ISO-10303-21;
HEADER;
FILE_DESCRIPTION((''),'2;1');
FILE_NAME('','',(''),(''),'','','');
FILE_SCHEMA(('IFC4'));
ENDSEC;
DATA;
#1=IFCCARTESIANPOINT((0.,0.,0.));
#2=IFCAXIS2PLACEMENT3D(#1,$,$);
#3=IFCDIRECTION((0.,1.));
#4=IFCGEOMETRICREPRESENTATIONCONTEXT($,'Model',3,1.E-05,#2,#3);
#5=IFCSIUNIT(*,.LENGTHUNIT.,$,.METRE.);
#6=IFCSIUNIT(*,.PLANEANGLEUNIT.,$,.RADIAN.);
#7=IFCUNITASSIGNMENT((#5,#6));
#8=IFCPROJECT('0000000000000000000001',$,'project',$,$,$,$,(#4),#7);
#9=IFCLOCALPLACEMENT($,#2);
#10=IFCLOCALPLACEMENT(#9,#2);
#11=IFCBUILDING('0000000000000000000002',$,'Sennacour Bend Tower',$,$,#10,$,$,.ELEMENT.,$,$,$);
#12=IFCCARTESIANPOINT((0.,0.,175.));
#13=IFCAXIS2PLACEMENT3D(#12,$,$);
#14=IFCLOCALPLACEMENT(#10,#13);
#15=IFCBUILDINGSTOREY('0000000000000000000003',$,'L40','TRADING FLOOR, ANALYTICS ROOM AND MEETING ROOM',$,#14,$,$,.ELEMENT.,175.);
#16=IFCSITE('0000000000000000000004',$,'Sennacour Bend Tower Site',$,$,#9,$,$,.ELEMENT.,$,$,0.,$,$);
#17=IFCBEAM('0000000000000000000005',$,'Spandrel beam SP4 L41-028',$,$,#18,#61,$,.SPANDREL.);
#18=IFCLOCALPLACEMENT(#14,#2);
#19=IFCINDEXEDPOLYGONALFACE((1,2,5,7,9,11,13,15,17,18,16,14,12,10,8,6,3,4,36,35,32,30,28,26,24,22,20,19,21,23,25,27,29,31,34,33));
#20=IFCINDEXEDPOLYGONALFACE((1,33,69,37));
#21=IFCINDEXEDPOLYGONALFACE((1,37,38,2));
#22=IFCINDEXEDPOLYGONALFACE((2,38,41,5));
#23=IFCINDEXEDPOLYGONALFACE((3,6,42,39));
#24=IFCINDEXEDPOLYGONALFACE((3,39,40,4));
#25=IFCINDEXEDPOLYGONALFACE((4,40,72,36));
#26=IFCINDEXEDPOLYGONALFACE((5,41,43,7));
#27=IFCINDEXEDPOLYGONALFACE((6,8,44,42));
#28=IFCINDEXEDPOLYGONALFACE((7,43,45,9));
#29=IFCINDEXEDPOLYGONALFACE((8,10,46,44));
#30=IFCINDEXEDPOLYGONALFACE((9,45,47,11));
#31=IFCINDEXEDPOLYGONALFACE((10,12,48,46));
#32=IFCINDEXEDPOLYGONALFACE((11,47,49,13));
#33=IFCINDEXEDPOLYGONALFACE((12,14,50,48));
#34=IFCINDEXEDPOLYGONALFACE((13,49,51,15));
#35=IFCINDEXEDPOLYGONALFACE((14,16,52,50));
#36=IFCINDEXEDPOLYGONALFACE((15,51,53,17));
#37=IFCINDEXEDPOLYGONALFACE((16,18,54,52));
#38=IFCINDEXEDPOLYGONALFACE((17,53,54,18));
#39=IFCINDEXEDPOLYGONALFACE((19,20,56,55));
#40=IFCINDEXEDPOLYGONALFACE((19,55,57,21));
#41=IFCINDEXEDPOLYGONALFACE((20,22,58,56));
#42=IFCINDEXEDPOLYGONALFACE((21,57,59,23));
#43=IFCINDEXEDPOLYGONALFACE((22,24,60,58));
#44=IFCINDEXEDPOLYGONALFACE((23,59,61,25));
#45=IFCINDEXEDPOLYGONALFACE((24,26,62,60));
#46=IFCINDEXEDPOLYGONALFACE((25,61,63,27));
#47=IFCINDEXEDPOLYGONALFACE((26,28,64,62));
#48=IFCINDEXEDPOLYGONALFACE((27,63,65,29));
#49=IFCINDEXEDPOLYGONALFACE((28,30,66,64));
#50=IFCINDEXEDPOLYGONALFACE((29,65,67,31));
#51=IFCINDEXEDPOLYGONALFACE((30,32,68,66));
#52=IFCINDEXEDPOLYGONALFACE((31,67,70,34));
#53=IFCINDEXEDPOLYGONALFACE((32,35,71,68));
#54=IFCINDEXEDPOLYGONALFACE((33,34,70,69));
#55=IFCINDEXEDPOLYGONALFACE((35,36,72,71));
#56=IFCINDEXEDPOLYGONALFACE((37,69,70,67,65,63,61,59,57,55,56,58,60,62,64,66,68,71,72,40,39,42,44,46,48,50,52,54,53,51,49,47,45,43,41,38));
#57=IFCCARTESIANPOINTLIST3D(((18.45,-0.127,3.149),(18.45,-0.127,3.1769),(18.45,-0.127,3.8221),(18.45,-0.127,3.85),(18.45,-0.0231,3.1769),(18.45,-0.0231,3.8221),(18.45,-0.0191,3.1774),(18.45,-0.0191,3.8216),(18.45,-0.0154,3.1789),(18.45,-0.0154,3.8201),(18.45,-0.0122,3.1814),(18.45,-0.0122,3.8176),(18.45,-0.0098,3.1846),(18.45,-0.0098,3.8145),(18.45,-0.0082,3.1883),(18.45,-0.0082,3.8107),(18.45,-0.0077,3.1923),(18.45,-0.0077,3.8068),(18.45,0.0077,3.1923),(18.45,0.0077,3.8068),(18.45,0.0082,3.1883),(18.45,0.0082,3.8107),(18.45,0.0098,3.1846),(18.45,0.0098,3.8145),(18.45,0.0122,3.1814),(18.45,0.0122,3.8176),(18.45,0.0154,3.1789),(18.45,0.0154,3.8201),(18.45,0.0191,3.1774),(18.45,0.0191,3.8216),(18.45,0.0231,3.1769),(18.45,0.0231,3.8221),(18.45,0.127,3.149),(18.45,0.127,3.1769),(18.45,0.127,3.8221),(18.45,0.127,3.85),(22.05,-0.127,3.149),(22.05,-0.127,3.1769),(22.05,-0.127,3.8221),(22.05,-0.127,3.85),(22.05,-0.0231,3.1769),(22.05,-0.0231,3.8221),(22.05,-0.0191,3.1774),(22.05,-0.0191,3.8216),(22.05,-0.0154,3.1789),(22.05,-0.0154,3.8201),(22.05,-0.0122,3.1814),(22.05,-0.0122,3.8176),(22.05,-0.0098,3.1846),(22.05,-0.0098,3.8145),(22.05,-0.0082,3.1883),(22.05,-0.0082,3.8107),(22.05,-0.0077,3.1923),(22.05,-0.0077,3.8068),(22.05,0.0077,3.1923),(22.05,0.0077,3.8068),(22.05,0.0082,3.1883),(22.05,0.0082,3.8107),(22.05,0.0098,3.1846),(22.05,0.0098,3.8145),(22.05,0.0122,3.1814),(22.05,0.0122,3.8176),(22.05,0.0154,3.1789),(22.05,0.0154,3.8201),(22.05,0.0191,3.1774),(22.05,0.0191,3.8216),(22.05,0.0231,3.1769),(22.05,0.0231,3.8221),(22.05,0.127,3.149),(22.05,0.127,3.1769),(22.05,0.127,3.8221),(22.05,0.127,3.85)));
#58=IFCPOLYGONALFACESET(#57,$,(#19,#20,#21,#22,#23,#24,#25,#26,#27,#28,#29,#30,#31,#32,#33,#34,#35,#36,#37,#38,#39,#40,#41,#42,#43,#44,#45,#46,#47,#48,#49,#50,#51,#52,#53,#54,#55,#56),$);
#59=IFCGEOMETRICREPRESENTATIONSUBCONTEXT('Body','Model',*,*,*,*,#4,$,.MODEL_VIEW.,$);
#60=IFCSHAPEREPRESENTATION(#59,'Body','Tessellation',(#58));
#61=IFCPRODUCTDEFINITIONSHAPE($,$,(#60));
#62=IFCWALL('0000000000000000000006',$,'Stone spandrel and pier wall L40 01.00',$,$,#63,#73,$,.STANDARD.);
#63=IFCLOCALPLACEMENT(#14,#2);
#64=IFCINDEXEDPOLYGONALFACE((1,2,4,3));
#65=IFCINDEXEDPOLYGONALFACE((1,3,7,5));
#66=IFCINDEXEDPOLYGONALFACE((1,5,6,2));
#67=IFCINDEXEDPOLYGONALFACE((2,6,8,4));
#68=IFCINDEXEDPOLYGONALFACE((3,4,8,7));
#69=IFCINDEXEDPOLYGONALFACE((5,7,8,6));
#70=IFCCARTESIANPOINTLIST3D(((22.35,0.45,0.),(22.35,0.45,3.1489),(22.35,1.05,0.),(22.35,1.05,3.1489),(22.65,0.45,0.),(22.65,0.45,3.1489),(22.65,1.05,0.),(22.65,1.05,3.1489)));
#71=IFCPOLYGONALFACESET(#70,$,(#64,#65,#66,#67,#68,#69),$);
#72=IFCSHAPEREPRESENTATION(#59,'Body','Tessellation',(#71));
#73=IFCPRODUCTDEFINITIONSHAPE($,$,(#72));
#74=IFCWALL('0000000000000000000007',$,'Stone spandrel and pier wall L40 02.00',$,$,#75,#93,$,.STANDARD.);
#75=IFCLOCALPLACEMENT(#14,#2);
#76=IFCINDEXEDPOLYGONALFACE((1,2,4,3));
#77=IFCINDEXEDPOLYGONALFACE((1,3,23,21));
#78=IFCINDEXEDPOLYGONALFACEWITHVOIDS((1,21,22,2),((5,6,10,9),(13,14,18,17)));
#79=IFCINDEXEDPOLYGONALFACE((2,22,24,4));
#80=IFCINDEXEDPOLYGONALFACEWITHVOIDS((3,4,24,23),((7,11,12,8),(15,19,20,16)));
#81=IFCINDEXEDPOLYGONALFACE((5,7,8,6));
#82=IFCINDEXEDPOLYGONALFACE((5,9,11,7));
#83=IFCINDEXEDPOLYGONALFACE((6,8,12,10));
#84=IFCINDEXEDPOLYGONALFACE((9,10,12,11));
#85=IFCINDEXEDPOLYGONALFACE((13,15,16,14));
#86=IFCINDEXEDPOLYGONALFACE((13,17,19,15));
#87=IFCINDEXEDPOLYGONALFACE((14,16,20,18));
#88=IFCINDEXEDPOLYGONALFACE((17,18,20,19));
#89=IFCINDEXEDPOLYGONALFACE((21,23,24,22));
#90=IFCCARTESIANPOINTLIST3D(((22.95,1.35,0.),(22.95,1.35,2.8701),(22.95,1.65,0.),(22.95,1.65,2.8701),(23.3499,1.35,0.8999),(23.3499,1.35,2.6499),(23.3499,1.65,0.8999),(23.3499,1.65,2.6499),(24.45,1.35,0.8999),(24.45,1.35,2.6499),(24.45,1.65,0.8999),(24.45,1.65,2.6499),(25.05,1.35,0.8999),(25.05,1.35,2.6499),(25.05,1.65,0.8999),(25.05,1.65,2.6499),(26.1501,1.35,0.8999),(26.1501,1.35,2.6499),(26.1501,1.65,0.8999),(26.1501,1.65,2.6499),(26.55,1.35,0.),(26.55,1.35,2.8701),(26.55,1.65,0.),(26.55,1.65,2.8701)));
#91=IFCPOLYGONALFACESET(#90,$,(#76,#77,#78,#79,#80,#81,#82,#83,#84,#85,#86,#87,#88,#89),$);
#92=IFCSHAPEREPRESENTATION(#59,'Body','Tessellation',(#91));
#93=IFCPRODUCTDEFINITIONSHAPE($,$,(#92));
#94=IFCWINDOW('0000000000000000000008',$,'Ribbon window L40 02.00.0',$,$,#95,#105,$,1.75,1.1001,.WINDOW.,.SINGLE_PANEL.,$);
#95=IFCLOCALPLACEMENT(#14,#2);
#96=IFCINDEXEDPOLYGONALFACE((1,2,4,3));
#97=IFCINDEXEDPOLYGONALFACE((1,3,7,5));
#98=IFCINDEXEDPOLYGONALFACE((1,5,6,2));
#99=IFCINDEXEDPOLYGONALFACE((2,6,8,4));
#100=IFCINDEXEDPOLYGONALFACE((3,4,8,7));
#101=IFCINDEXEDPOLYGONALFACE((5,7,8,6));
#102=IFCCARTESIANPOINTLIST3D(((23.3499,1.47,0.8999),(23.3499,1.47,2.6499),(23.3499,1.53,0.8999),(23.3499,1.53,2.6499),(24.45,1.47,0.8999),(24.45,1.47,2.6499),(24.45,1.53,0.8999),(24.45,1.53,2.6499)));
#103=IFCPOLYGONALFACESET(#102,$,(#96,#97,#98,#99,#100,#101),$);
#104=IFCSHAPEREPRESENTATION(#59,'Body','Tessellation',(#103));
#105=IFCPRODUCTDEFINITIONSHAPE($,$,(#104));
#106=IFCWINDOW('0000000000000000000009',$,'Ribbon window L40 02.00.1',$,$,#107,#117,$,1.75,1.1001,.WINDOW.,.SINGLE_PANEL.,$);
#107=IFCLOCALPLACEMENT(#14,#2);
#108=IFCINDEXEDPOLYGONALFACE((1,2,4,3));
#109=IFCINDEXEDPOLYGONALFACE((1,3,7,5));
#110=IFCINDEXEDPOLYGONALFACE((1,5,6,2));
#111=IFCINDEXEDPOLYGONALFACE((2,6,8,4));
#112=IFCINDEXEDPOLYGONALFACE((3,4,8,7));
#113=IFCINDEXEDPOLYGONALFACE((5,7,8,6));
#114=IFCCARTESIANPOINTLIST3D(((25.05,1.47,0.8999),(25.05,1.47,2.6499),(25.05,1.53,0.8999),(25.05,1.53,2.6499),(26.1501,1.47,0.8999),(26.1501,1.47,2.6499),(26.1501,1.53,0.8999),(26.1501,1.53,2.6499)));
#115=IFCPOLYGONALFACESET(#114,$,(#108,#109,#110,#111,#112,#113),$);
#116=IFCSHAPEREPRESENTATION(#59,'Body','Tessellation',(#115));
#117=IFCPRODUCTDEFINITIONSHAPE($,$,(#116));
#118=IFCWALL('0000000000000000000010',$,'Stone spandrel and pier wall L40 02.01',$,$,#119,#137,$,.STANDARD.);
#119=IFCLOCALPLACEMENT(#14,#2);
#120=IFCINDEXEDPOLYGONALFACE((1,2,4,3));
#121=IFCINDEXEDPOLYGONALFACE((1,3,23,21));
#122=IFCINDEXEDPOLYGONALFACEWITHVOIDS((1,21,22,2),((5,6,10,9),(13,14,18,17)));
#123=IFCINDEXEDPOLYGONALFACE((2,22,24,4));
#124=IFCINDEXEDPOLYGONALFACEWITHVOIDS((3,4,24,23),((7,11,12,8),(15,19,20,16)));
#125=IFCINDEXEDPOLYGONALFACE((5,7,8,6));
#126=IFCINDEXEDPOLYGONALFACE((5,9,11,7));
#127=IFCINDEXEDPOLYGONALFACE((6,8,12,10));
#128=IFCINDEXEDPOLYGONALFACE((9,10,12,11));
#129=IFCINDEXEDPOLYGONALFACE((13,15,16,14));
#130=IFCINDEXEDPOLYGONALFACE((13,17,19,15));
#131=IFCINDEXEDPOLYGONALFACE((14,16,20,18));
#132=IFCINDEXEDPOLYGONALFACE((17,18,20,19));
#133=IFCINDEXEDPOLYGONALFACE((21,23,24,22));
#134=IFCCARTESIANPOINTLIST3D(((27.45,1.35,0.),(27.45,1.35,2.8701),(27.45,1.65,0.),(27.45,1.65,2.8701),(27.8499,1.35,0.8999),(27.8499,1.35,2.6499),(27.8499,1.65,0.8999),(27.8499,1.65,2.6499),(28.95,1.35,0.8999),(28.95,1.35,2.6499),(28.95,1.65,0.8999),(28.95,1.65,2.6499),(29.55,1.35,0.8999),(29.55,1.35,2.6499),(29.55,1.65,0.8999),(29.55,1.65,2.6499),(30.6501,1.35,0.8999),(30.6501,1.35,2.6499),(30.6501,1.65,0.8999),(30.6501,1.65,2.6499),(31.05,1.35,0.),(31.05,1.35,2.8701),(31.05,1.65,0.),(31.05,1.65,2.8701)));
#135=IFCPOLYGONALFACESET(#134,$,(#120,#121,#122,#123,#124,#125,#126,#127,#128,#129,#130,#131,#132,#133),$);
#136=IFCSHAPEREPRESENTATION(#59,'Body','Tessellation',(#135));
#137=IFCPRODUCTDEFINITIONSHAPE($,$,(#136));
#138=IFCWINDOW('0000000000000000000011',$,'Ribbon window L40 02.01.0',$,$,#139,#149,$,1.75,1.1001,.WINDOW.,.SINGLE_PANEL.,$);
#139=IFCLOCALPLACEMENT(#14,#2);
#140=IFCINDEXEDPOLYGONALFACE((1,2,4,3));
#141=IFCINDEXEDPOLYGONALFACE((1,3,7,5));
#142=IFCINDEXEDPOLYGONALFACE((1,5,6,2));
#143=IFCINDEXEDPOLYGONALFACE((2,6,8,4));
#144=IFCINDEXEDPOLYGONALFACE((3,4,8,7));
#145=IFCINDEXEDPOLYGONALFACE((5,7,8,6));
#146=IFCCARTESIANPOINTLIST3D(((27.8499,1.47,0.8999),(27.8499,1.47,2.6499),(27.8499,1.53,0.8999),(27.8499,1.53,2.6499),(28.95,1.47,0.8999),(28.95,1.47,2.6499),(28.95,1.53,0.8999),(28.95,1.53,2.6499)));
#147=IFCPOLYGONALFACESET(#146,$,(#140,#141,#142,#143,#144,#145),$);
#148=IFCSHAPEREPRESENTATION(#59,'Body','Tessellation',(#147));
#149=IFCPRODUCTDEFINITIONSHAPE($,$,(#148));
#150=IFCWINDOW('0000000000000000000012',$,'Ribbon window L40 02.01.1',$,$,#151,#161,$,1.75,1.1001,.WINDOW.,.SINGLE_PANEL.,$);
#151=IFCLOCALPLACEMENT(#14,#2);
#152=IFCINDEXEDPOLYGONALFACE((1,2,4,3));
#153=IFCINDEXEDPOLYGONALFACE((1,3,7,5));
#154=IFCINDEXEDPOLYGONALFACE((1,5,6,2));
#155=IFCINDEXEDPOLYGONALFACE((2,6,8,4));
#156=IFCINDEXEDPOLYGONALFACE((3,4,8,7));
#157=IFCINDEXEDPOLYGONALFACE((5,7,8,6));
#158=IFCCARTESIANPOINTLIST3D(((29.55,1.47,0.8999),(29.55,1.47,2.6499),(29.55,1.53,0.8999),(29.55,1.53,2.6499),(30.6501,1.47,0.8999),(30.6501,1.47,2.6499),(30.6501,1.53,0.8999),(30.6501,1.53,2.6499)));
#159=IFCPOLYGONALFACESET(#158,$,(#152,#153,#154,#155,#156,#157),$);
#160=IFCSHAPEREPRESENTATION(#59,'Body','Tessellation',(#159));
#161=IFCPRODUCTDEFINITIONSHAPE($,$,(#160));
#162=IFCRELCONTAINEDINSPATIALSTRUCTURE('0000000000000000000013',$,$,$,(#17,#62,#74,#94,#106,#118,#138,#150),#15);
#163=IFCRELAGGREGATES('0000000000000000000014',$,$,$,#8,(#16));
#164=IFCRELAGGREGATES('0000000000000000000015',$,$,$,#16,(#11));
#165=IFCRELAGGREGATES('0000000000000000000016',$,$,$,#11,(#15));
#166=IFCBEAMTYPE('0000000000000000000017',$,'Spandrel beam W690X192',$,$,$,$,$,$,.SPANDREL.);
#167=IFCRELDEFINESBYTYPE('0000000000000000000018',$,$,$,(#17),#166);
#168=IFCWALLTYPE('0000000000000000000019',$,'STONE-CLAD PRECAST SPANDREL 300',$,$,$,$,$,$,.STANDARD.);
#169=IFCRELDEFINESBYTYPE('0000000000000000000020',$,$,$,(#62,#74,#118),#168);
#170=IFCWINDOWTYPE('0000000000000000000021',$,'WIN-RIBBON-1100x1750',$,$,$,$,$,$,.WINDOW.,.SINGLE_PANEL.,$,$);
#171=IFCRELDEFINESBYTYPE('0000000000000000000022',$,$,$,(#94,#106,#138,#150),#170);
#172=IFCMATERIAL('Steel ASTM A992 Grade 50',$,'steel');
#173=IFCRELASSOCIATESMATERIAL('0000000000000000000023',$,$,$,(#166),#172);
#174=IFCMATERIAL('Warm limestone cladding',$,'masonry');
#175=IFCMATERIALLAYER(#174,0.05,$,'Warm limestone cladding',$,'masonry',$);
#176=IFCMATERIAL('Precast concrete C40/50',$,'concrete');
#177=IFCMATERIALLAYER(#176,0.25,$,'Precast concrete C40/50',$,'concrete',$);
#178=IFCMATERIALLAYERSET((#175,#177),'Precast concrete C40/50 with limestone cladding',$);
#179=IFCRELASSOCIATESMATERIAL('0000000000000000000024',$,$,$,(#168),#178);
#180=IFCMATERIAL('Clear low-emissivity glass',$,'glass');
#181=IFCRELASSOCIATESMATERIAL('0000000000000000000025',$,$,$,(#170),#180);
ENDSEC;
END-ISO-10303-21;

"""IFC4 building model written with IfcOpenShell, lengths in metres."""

from ifc_helpers import new_model, si_unit, direction, frame, frame_2d, origin, origin_2d, place, context, subcontext, project, spatial, rectangle, i_section, extrude, material, layer, layer_set, material_profile, profile_set, type_object, element, fill, save


model = new_model("IFC4")

# Units and contexts
model_context = context("Model", 3, precision=1e-05, world=origin(), true_north=direction((0.0, 1.0)))
body_context = subcontext(model_context, "Body", "Model", "MODEL_VIEW")
ifc_project = project(units=[si_unit("LENGTHUNIT", "METRE"), si_unit("PLANEANGLEUNIT", "RADIAN")], contexts=[model_context])

# Site, building, storey
site_placement = place(None, origin())
site = spatial("IfcSite", under=ifc_project, at=site_placement, Name="Sennacour Bend Tower Site", CompositionType="ELEMENT", RefElevation=0.0)
building_placement = place(site_placement, origin())
building = spatial("IfcBuilding", under=site, at=building_placement, Name="Sennacour Bend Tower", CompositionType="ELEMENT")
storey_placement = place(building_placement, frame((0.0, 0.0, 175.0)))
storey = spatial("IfcBuildingStorey", under=building, at=storey_placement, Name="L40", Description="TRADING FLOOR, ANALYTICS ROOM AND MEETING ROOM", CompositionType="ELEMENT", Elevation=175.0)

# Beam
ifc_material_1 = material(Name="Steel ASTM A992 Grade 50", Category="steel")
ifc_material_profile_1 = material_profile(ifc_material_1, i_section(OverallWidth=0.2539, OverallDepth=0.7009, WebThickness=0.0154, FlangeThickness=0.0278, FilletRadius=0.0154, at=origin_2d()), Name="Steel ASTM A992 Grade 50", Category="steel")
ifc_profile_set_1 = profile_set([ifc_material_profile_1], Name="Steel ASTM A992 Grade 50")
beam_type_1 = type_object("IfcBeamType", Name="Spandrel beam W690X192", PredefinedType="SPANDREL", material=ifc_profile_set_1)
for number, where, z_axis, x_axis, name in (
    (1, (22.05, 0.0, 3.4995), (-1.0, 0.0, 0.0), (0.0, -1.0, 0.0), "Spandrel beam SP4 L41-028"),
):
    element("IfcBeam", number, at=place(storey_placement, frame(where, z_axis=z_axis, x_axis=x_axis)), inside=storey, type_object=beam_type_1, Name=name, PredefinedType="SPANDREL", context=body_context, shape_type="SweptSolid", body=[
        extrude(i_section(OverallWidth=0.2539, OverallDepth=0.7009, WebThickness=0.0154, FlangeThickness=0.0278, FilletRadius=0.0154, at=origin_2d()), origin(), (0.0, 0.0, 1.0), 3.6001),
    ])

# Wall
ifc_material_2 = material(Name="Warm limestone cladding", Category="masonry")
ifc_layer_1 = layer(ifc_material_2, 0.05, Name="Warm limestone cladding", Category="masonry")
ifc_material_3 = material(Name="Precast concrete C40/50", Category="concrete")
ifc_layer_2 = layer(ifc_material_3, 0.25, Name="Precast concrete C40/50", Category="concrete")
ifc_layer_set = layer_set([ifc_layer_1, ifc_layer_2], Name="Precast concrete C40/50 with limestone cladding")
wall_type = type_object("IfcWallType", Name="STONE-CLAD PRECAST SPANDREL 300", PredefinedType="STANDARD", material=ifc_layer_set)
wall_1_placement = place(storey_placement, frame((22.5, 0.45, 0.0), z_axis=(0.0, 0.0, 1.0), x_axis=(0.0, 1.0, 0.0)))
element("IfcWall", 2, at=wall_1_placement, inside=storey, type_object=wall_type, Name="Stone spandrel and pier wall L40 01.00", PredefinedType="STANDARD", context=body_context, shape_type="SweptSolid", body=[
    extrude(rectangle(XDim=0.6001, YDim=0.3, at=frame_2d((0.3, 0.0))), origin(), (0.0, 0.0, 1.0), 3.1489),
])

# Walls, openings, windows
wall_2_placement = place(storey_placement, frame((22.95, 1.5, 0.0), z_axis=(0.0, 0.0, 1.0), x_axis=(1.0, 0.0, 0.0)))
wall_2 = element("IfcWall", 3, at=wall_2_placement, inside=storey, type_object=wall_type, Name="Stone spandrel and pier wall L40 02.00", PredefinedType="STANDARD", context=body_context, shape_type="SweptSolid", body=[
    extrude(rectangle(XDim=3.6001, YDim=0.3, at=frame_2d((1.8, 0.0))), origin(), (0.0, 0.0, 1.0), 2.8701),
])
opening_1_placement = place(wall_2_placement, frame((0.3999, 0.0, 0.8999)))
opening_1 = element("IfcOpeningElement", 4, at=opening_1_placement, cuts=wall_2, PredefinedType="OPENING", context=body_context, shape_type="SweptSolid", body=[
    extrude(rectangle(XDim=1.1001, YDim=1.75, at=frame_2d((0.55, 0.875))), frame((0.0, 0.1602, 0.0), z_axis=(0.0, -1.0, 0.0), x_axis=(1.0, 0.0, 0.0)), (0.0, 0.0, 1.0), 0.3201),
])
opening_2_placement = place(wall_2_placement, frame((2.1001, 0.0, 0.8999)))
opening_2 = element("IfcOpeningElement", 5, at=opening_2_placement, cuts=wall_2, PredefinedType="OPENING", context=body_context, shape_type="SweptSolid", body=[
    extrude(rectangle(XDim=1.1001, YDim=1.75, at=frame_2d((0.55, 0.875))), frame((0.0, 0.1602, 0.0), z_axis=(0.0, -1.0, 0.0), x_axis=(1.0, 0.0, 0.0)), (0.0, 0.0, 1.0), 0.3201),
])
ifc_material_4 = material(Name="Clear low-emissivity glass", Category="glass")
window_type = type_object("IfcWindowType", Name="WIN-RIBBON-1100x1750", PartitioningType="SINGLE_PANEL", PredefinedType="WINDOW", material=ifc_material_4)
window_1_placement = place(opening_1_placement, origin())
window_1 = element("IfcWindow", 6, at=window_1_placement, inside=storey, type_object=window_type, Name="Ribbon window L40 02.00.0", OverallHeight=1.75, OverallWidth=1.1001, PartitioningType="SINGLE_PANEL", PredefinedType="WINDOW", context=body_context, shape_type="SweptSolid", body=[
    extrude(rectangle(XDim=1.1001, YDim=1.75, at=frame_2d((0.55, 0.875))), frame((0.0, 0.03, 0.0), z_axis=(0.0, -1.0, 0.0), x_axis=(1.0, 0.0, 0.0)), (0.0, 0.0, 1.0), 0.0601),
])
fill(opening_1, window_1)
window_2_placement = place(opening_2_placement, origin())
window_2 = element("IfcWindow", 7, at=window_2_placement, inside=storey, type_object=window_type, Name="Ribbon window L40 02.00.1", OverallHeight=1.75, OverallWidth=1.1001, PartitioningType="SINGLE_PANEL", PredefinedType="WINDOW", context=body_context, shape_type="SweptSolid", body=[
    extrude(rectangle(XDim=1.1001, YDim=1.75, at=frame_2d((0.55, 0.875))), frame((0.0, 0.03, 0.0), z_axis=(0.0, -1.0, 0.0), x_axis=(1.0, 0.0, 0.0)), (0.0, 0.0, 1.0), 0.0601),
])
fill(opening_2, window_2)
wall_3_placement = place(storey_placement, frame((27.45, 1.5, 0.0), z_axis=(0.0, 0.0, 1.0), x_axis=(1.0, 0.0, 0.0)))
wall_3 = element("IfcWall", 8, at=wall_3_placement, inside=storey, type_object=wall_type, Name="Stone spandrel and pier wall L40 02.01", PredefinedType="STANDARD", context=body_context, shape_type="SweptSolid", body=[
    extrude(rectangle(XDim=3.6001, YDim=0.3, at=frame_2d((1.8, 0.0))), origin(), (0.0, 0.0, 1.0), 2.8701),
])
opening_3_placement = place(wall_3_placement, frame((0.3999, 0.0, 0.8999)))
opening_3 = element("IfcOpeningElement", 9, at=opening_3_placement, cuts=wall_3, PredefinedType="OPENING", context=body_context, shape_type="SweptSolid", body=[
    extrude(rectangle(XDim=1.1001, YDim=1.75, at=frame_2d((0.55, 0.875))), frame((0.0, 0.1602, 0.0), z_axis=(0.0, -1.0, 0.0), x_axis=(1.0, 0.0, 0.0)), (0.0, 0.0, 1.0), 0.3201),
])
opening_4_placement = place(wall_3_placement, frame((2.1001, 0.0, 0.8999)))
opening_4 = element("IfcOpeningElement", 10, at=opening_4_placement, cuts=wall_3, PredefinedType="OPENING", context=body_context, shape_type="SweptSolid", body=[
    extrude(rectangle(XDim=1.1001, YDim=1.75, at=frame_2d((0.55, 0.875))), frame((0.0, 0.1602, 0.0), z_axis=(0.0, -1.0, 0.0), x_axis=(1.0, 0.0, 0.0)), (0.0, 0.0, 1.0), 0.3201),
])
window_3_placement = place(opening_3_placement, origin())
window_3 = element("IfcWindow", 11, at=window_3_placement, inside=storey, type_object=window_type, Name="Ribbon window L40 02.01.0", OverallHeight=1.75, OverallWidth=1.1001, PartitioningType="SINGLE_PANEL", PredefinedType="WINDOW", context=body_context, shape_type="SweptSolid", body=[
    extrude(rectangle(XDim=1.1001, YDim=1.75, at=frame_2d((0.55, 0.875))), frame((0.0, 0.03, 0.0), z_axis=(0.0, -1.0, 0.0), x_axis=(1.0, 0.0, 0.0)), (0.0, 0.0, 1.0), 0.0601),
])
fill(opening_3, window_3)
window_4_placement = place(opening_4_placement, origin())
window_4 = element("IfcWindow", 12, at=window_4_placement, inside=storey, type_object=window_type, Name="Ribbon window L40 02.01.1", OverallHeight=1.75, OverallWidth=1.1001, PartitioningType="SINGLE_PANEL", PredefinedType="WINDOW", context=body_context, shape_type="SweptSolid", body=[
    extrude(rectangle(XDim=1.1001, YDim=1.75, at=frame_2d((0.55, 0.875))), frame((0.0, 0.03, 0.0), z_axis=(0.0, -1.0, 0.0), x_axis=(1.0, 0.0, 0.0)), (0.0, 0.0, 1.0), 0.0601),
])
fill(opening_4, window_4)

save(model, "model.ifc")
